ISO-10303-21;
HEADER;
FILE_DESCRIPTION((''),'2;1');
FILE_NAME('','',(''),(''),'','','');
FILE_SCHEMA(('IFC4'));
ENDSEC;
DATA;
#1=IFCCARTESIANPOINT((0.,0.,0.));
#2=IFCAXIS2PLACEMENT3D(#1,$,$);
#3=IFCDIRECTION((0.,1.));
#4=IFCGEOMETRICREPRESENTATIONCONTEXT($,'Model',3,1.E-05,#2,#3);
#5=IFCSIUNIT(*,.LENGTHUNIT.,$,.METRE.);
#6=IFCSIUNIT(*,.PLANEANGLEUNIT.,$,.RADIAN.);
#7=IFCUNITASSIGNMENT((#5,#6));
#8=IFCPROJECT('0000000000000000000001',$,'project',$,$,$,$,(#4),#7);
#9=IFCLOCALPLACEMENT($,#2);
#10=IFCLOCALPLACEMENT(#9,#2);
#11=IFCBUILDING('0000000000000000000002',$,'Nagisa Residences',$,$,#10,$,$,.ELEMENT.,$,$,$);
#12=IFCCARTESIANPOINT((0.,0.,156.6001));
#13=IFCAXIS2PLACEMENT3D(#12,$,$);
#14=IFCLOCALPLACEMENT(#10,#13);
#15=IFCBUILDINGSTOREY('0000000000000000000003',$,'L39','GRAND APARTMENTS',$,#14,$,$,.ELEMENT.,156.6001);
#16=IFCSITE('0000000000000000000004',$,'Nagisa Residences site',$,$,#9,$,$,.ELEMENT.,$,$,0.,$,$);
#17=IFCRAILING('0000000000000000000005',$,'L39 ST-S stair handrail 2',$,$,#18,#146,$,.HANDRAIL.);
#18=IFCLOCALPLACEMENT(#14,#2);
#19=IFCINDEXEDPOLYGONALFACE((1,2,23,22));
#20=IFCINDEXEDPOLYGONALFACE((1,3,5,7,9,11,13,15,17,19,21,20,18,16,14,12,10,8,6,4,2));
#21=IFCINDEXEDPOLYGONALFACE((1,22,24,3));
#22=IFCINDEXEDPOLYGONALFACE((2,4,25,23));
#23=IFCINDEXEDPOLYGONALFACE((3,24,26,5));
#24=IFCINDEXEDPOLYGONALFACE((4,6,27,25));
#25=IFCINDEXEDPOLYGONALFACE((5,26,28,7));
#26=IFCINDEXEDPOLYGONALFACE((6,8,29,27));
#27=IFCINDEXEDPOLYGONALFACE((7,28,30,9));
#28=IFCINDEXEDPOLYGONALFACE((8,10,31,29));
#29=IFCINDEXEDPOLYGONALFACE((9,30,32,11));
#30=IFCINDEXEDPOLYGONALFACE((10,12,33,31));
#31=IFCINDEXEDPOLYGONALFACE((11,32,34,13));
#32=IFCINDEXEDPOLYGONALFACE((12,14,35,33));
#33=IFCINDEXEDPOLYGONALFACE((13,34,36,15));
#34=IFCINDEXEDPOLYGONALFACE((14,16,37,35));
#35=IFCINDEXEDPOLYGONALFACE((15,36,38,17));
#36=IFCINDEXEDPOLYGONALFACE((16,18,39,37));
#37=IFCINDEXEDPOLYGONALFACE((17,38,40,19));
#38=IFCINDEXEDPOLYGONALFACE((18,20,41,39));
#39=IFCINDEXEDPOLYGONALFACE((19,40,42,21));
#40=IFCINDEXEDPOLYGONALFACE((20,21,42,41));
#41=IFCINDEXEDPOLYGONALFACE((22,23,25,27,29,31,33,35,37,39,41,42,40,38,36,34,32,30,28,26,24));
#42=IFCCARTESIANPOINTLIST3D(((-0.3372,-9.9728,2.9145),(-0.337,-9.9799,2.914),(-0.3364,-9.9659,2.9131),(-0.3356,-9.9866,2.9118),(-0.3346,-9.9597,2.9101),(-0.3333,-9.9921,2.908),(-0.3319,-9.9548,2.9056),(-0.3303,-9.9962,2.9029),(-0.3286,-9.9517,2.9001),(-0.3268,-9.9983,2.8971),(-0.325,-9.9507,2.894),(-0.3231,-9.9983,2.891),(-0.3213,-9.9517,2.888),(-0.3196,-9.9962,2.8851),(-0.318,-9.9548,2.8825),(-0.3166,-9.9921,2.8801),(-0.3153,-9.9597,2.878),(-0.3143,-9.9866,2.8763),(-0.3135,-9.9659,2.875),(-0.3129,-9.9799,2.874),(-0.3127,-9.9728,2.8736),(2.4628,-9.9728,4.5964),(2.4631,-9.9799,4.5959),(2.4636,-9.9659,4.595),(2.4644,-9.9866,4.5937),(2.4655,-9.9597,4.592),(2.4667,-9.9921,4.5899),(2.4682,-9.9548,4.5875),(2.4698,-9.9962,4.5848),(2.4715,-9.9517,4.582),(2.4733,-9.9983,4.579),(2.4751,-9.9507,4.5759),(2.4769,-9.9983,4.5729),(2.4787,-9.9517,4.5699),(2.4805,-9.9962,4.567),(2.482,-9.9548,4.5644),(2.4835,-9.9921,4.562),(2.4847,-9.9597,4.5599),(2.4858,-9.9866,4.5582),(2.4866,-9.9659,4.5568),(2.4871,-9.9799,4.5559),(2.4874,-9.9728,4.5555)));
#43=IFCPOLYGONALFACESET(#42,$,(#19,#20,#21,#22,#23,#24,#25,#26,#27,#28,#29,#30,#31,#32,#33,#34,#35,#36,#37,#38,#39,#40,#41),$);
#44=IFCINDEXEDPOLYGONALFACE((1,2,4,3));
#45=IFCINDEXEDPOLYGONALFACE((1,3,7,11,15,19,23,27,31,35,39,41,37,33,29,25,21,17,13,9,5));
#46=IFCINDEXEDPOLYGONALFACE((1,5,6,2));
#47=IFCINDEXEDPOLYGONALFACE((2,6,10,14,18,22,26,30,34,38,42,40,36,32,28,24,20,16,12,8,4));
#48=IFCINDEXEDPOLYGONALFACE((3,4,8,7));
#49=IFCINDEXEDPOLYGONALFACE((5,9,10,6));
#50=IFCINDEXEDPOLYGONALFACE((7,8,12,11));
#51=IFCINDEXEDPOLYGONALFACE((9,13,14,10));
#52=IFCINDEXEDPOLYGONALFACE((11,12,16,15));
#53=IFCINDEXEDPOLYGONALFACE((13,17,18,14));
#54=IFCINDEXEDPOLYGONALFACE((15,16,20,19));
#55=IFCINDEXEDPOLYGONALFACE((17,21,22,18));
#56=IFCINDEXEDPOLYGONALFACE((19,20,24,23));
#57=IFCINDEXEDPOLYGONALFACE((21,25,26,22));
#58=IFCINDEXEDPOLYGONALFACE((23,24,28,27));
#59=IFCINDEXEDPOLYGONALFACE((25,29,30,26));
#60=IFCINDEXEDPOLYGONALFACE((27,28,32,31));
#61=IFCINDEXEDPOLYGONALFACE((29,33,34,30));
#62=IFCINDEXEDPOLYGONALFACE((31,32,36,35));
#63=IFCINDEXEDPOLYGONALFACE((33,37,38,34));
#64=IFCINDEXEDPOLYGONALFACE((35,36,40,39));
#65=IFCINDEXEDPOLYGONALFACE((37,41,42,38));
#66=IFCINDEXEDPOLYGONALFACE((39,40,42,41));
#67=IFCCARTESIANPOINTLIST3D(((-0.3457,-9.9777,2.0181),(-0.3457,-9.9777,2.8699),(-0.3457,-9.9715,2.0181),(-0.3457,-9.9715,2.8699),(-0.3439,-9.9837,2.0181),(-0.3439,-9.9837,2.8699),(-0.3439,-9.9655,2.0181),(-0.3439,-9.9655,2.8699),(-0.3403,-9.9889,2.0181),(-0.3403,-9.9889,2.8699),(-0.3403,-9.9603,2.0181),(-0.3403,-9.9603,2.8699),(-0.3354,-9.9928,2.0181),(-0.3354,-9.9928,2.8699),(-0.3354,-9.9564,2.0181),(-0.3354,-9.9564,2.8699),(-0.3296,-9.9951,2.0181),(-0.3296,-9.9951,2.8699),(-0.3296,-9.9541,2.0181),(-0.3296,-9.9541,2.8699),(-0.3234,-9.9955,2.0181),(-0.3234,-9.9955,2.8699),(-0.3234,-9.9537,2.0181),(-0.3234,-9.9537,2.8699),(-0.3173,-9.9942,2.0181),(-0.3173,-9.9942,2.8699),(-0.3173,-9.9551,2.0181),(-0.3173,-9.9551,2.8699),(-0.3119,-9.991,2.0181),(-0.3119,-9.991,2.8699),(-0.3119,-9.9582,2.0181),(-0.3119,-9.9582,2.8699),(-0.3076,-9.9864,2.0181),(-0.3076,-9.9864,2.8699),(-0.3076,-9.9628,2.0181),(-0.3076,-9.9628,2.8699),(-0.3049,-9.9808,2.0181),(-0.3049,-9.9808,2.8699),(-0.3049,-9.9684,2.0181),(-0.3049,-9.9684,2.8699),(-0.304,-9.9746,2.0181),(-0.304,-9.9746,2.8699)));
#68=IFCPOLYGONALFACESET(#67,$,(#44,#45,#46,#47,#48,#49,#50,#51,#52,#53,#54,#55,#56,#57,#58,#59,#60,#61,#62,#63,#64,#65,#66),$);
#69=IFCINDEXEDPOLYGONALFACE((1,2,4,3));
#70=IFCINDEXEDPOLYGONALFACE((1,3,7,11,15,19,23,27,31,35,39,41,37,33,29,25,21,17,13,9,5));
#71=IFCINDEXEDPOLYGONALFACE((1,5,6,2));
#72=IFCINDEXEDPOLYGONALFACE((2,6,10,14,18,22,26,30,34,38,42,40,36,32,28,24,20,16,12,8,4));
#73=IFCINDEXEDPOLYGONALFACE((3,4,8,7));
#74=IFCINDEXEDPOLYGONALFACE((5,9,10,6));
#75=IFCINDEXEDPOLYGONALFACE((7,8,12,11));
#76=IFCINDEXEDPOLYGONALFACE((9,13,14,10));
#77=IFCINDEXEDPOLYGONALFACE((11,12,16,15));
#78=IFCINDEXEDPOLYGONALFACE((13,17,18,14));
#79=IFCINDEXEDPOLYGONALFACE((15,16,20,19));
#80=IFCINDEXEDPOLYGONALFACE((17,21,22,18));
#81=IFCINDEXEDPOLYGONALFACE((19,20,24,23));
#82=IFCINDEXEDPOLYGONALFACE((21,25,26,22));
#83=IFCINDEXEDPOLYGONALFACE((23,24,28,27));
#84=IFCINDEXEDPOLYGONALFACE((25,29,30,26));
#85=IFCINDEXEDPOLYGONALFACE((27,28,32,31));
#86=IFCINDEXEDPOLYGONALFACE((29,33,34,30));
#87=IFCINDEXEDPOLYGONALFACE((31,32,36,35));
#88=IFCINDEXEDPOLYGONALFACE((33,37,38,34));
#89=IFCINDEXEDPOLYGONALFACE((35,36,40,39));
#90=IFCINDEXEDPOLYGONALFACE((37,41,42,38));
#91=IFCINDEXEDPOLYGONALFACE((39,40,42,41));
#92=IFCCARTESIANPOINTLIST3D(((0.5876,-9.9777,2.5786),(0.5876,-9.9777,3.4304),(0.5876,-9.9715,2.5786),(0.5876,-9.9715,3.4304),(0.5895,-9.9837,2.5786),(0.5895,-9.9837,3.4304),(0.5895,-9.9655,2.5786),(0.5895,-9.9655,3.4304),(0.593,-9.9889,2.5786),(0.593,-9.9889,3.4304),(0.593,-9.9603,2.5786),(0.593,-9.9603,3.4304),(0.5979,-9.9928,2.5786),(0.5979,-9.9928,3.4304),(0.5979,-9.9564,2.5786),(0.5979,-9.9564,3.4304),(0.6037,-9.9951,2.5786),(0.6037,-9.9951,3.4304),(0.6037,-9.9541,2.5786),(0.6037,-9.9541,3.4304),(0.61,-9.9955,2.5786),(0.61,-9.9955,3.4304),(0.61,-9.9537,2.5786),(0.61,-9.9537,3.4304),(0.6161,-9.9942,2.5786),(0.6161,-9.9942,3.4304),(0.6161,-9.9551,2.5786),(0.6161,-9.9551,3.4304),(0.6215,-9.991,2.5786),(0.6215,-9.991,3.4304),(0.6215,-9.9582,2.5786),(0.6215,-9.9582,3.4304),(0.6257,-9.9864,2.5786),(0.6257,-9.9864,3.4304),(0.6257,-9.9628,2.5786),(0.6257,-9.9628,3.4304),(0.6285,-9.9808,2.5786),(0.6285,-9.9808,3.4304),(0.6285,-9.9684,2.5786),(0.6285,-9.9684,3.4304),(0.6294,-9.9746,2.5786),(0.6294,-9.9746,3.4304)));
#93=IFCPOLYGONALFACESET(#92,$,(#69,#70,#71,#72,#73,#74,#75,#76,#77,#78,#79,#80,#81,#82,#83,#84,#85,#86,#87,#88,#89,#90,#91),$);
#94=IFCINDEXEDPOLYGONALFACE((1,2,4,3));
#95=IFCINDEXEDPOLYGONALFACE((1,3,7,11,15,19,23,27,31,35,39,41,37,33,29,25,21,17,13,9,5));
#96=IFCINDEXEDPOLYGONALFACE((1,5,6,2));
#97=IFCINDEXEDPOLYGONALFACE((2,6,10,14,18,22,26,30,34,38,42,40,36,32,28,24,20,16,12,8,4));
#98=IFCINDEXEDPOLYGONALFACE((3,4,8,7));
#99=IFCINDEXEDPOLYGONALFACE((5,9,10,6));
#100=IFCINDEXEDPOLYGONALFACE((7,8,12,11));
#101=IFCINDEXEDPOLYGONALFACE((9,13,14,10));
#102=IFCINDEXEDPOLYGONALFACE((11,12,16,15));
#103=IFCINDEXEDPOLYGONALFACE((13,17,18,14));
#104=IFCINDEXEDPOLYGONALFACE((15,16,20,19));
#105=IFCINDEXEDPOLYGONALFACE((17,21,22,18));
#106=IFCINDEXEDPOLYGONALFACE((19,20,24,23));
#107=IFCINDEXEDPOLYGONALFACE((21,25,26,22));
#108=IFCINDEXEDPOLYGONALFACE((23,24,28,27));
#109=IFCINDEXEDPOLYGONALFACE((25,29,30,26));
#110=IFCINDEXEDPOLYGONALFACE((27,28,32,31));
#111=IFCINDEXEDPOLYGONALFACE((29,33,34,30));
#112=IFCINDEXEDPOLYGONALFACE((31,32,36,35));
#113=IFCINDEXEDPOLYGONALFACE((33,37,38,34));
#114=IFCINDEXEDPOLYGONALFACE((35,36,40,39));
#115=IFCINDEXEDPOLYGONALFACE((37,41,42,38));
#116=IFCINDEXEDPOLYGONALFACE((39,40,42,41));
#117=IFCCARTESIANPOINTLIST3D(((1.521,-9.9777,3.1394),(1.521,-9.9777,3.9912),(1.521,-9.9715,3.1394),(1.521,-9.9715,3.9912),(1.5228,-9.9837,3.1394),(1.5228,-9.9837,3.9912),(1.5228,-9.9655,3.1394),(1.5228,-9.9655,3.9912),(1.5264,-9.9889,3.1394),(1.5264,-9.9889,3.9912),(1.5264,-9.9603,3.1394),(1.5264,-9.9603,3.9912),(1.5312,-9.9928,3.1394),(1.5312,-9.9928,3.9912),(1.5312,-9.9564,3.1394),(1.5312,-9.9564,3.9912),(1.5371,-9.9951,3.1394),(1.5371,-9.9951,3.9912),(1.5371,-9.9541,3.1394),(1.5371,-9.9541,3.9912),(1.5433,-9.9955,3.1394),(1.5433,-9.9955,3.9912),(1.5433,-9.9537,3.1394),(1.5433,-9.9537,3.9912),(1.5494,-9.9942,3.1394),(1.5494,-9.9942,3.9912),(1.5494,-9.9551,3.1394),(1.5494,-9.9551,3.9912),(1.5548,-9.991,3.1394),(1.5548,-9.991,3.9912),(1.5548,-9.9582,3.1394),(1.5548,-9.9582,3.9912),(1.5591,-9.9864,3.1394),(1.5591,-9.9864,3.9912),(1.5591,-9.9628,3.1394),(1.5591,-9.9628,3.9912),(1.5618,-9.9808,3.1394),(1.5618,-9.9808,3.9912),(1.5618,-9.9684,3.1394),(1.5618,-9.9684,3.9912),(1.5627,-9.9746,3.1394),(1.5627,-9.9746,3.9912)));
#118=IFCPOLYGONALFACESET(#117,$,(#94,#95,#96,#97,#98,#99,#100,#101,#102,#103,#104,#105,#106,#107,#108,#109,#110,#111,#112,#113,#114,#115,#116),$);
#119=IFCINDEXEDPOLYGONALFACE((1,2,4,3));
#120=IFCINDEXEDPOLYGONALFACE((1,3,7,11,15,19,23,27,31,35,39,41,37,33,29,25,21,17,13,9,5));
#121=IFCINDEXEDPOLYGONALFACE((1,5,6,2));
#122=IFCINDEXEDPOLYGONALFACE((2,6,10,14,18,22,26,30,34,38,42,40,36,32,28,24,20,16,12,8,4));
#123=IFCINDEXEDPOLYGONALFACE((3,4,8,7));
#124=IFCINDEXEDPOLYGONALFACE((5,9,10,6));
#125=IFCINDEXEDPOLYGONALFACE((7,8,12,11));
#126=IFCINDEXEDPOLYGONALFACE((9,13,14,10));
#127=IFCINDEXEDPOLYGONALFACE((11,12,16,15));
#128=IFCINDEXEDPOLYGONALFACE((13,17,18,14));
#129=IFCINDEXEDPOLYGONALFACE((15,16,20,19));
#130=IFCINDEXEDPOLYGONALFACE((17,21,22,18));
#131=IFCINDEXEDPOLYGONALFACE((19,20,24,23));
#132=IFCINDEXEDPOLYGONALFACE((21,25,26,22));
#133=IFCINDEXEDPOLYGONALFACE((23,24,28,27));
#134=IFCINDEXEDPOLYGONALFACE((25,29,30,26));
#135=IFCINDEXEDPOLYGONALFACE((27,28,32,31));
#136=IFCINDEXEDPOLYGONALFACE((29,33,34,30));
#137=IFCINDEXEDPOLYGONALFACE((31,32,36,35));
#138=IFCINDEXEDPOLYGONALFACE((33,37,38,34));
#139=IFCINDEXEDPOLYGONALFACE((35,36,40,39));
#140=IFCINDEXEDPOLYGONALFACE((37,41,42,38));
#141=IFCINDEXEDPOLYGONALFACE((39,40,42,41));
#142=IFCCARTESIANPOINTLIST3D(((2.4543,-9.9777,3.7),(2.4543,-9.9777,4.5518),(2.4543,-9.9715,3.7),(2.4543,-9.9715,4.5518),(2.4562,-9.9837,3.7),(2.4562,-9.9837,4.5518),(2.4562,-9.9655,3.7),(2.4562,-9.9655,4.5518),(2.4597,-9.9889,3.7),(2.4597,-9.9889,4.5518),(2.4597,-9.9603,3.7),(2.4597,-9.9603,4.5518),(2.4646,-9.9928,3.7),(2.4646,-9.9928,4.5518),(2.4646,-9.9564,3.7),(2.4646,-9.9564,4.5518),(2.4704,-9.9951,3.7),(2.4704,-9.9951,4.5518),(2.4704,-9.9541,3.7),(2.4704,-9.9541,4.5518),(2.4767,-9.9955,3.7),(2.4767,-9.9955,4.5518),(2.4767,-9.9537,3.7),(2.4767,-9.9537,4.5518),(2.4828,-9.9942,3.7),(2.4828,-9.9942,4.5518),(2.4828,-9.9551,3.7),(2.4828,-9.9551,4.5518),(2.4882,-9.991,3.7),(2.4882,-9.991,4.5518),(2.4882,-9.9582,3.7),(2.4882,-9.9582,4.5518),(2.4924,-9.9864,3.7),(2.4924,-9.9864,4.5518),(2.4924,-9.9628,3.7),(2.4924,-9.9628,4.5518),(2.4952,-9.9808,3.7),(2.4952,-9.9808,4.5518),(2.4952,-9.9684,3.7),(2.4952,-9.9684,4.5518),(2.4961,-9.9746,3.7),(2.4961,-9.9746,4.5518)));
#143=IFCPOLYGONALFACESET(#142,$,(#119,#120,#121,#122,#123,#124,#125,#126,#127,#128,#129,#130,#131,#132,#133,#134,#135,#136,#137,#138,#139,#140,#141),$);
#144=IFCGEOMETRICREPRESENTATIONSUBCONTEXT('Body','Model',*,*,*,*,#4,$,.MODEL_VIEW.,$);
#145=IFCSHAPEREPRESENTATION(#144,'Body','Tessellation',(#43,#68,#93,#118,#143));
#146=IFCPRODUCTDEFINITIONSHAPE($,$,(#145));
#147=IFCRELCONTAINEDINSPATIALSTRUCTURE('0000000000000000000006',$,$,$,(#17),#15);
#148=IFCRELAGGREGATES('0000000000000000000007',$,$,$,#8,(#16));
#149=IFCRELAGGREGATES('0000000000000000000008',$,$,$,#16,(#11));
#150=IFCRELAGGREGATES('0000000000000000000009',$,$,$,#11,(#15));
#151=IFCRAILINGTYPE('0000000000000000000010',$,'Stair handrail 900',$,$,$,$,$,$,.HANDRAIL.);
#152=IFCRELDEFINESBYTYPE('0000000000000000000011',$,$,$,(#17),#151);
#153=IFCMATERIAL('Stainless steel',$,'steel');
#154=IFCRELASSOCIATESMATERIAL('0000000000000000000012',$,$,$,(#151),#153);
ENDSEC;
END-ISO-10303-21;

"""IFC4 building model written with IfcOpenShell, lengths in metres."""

from ifc_helpers import new_model, si_unit, direction, frame, origin, origin_2d, place, context, subcontext, project, spatial, circle, extrude, material, type_object, element, save


model = new_model("IFC4")

# Units and contexts
model_context = context("Model", 3, precision=1e-05, world=origin(), true_north=direction((0.0, 1.0)))
body_context = subcontext(model_context, "Body", "Model", "MODEL_VIEW")
ifc_project = project(units=[si_unit("LENGTHUNIT", "METRE"), si_unit("PLANEANGLEUNIT", "RADIAN")], contexts=[model_context])

# Site, building, storey
site_placement = place(None, origin())
site = spatial("IfcSite", under=ifc_project, at=site_placement, Name="Nagisa Residences site", CompositionType="ELEMENT", RefElevation=0.0)
building_placement = place(site_placement, origin())
building = spatial("IfcBuilding", under=site, at=building_placement, Name="Nagisa Residences", CompositionType="ELEMENT")
storey_placement = place(building_placement, frame((0.0, 0.0, 156.6001)))
storey = spatial("IfcBuildingStorey", under=building, at=storey_placement, Name="L39", Description="GRAND APARTMENTS", CompositionType="ELEMENT", Elevation=156.6001)

# Railing
ifc_material_1 = material(Name="Stainless steel", Category="steel")
railing_type = type_object("IfcRailingType", Name="Stair handrail 900", PredefinedType="HANDRAIL", material=ifc_material_1)
railing_placement = place(storey_placement, frame((-0.325, -9.9746, 2.0181)))
element("IfcRailing", 1, at=railing_placement, inside=storey, type_object=railing_type, Name="L39 ST-S stair handrail 2", PredefinedType="HANDRAIL", context=body_context, shape_type="SweptSolid", body=[
    extrude(circle(Radius=0.0239, at=origin_2d()), frame((0.0, 0.0, 0.876), z_axis=(0.857242, 0.0, 0.514913), x_axis=(0.0, 1.0, 0.0)), (0.0, 0.0, 1.0), 3.2664),
    extrude(circle(Radius=0.021, at=origin_2d()), origin(), (0.0, 0.0, 1.0), 0.8518),
    extrude(circle(Radius=0.021, at=origin_2d()), frame((0.9333, 0.0, 0.5605)), (0.0, 0.0, 1.0), 0.8518),
    extrude(circle(Radius=0.021, at=origin_2d()), frame((1.8667, 0.0, 1.1213)), (0.0, 0.0, 1.0), 0.8518),
    extrude(circle(Radius=0.021, at=origin_2d()), frame((2.8, 0.0, 1.6819)), (0.0, 0.0, 1.0), 0.8518),
])

save(model, "model.ifc")
